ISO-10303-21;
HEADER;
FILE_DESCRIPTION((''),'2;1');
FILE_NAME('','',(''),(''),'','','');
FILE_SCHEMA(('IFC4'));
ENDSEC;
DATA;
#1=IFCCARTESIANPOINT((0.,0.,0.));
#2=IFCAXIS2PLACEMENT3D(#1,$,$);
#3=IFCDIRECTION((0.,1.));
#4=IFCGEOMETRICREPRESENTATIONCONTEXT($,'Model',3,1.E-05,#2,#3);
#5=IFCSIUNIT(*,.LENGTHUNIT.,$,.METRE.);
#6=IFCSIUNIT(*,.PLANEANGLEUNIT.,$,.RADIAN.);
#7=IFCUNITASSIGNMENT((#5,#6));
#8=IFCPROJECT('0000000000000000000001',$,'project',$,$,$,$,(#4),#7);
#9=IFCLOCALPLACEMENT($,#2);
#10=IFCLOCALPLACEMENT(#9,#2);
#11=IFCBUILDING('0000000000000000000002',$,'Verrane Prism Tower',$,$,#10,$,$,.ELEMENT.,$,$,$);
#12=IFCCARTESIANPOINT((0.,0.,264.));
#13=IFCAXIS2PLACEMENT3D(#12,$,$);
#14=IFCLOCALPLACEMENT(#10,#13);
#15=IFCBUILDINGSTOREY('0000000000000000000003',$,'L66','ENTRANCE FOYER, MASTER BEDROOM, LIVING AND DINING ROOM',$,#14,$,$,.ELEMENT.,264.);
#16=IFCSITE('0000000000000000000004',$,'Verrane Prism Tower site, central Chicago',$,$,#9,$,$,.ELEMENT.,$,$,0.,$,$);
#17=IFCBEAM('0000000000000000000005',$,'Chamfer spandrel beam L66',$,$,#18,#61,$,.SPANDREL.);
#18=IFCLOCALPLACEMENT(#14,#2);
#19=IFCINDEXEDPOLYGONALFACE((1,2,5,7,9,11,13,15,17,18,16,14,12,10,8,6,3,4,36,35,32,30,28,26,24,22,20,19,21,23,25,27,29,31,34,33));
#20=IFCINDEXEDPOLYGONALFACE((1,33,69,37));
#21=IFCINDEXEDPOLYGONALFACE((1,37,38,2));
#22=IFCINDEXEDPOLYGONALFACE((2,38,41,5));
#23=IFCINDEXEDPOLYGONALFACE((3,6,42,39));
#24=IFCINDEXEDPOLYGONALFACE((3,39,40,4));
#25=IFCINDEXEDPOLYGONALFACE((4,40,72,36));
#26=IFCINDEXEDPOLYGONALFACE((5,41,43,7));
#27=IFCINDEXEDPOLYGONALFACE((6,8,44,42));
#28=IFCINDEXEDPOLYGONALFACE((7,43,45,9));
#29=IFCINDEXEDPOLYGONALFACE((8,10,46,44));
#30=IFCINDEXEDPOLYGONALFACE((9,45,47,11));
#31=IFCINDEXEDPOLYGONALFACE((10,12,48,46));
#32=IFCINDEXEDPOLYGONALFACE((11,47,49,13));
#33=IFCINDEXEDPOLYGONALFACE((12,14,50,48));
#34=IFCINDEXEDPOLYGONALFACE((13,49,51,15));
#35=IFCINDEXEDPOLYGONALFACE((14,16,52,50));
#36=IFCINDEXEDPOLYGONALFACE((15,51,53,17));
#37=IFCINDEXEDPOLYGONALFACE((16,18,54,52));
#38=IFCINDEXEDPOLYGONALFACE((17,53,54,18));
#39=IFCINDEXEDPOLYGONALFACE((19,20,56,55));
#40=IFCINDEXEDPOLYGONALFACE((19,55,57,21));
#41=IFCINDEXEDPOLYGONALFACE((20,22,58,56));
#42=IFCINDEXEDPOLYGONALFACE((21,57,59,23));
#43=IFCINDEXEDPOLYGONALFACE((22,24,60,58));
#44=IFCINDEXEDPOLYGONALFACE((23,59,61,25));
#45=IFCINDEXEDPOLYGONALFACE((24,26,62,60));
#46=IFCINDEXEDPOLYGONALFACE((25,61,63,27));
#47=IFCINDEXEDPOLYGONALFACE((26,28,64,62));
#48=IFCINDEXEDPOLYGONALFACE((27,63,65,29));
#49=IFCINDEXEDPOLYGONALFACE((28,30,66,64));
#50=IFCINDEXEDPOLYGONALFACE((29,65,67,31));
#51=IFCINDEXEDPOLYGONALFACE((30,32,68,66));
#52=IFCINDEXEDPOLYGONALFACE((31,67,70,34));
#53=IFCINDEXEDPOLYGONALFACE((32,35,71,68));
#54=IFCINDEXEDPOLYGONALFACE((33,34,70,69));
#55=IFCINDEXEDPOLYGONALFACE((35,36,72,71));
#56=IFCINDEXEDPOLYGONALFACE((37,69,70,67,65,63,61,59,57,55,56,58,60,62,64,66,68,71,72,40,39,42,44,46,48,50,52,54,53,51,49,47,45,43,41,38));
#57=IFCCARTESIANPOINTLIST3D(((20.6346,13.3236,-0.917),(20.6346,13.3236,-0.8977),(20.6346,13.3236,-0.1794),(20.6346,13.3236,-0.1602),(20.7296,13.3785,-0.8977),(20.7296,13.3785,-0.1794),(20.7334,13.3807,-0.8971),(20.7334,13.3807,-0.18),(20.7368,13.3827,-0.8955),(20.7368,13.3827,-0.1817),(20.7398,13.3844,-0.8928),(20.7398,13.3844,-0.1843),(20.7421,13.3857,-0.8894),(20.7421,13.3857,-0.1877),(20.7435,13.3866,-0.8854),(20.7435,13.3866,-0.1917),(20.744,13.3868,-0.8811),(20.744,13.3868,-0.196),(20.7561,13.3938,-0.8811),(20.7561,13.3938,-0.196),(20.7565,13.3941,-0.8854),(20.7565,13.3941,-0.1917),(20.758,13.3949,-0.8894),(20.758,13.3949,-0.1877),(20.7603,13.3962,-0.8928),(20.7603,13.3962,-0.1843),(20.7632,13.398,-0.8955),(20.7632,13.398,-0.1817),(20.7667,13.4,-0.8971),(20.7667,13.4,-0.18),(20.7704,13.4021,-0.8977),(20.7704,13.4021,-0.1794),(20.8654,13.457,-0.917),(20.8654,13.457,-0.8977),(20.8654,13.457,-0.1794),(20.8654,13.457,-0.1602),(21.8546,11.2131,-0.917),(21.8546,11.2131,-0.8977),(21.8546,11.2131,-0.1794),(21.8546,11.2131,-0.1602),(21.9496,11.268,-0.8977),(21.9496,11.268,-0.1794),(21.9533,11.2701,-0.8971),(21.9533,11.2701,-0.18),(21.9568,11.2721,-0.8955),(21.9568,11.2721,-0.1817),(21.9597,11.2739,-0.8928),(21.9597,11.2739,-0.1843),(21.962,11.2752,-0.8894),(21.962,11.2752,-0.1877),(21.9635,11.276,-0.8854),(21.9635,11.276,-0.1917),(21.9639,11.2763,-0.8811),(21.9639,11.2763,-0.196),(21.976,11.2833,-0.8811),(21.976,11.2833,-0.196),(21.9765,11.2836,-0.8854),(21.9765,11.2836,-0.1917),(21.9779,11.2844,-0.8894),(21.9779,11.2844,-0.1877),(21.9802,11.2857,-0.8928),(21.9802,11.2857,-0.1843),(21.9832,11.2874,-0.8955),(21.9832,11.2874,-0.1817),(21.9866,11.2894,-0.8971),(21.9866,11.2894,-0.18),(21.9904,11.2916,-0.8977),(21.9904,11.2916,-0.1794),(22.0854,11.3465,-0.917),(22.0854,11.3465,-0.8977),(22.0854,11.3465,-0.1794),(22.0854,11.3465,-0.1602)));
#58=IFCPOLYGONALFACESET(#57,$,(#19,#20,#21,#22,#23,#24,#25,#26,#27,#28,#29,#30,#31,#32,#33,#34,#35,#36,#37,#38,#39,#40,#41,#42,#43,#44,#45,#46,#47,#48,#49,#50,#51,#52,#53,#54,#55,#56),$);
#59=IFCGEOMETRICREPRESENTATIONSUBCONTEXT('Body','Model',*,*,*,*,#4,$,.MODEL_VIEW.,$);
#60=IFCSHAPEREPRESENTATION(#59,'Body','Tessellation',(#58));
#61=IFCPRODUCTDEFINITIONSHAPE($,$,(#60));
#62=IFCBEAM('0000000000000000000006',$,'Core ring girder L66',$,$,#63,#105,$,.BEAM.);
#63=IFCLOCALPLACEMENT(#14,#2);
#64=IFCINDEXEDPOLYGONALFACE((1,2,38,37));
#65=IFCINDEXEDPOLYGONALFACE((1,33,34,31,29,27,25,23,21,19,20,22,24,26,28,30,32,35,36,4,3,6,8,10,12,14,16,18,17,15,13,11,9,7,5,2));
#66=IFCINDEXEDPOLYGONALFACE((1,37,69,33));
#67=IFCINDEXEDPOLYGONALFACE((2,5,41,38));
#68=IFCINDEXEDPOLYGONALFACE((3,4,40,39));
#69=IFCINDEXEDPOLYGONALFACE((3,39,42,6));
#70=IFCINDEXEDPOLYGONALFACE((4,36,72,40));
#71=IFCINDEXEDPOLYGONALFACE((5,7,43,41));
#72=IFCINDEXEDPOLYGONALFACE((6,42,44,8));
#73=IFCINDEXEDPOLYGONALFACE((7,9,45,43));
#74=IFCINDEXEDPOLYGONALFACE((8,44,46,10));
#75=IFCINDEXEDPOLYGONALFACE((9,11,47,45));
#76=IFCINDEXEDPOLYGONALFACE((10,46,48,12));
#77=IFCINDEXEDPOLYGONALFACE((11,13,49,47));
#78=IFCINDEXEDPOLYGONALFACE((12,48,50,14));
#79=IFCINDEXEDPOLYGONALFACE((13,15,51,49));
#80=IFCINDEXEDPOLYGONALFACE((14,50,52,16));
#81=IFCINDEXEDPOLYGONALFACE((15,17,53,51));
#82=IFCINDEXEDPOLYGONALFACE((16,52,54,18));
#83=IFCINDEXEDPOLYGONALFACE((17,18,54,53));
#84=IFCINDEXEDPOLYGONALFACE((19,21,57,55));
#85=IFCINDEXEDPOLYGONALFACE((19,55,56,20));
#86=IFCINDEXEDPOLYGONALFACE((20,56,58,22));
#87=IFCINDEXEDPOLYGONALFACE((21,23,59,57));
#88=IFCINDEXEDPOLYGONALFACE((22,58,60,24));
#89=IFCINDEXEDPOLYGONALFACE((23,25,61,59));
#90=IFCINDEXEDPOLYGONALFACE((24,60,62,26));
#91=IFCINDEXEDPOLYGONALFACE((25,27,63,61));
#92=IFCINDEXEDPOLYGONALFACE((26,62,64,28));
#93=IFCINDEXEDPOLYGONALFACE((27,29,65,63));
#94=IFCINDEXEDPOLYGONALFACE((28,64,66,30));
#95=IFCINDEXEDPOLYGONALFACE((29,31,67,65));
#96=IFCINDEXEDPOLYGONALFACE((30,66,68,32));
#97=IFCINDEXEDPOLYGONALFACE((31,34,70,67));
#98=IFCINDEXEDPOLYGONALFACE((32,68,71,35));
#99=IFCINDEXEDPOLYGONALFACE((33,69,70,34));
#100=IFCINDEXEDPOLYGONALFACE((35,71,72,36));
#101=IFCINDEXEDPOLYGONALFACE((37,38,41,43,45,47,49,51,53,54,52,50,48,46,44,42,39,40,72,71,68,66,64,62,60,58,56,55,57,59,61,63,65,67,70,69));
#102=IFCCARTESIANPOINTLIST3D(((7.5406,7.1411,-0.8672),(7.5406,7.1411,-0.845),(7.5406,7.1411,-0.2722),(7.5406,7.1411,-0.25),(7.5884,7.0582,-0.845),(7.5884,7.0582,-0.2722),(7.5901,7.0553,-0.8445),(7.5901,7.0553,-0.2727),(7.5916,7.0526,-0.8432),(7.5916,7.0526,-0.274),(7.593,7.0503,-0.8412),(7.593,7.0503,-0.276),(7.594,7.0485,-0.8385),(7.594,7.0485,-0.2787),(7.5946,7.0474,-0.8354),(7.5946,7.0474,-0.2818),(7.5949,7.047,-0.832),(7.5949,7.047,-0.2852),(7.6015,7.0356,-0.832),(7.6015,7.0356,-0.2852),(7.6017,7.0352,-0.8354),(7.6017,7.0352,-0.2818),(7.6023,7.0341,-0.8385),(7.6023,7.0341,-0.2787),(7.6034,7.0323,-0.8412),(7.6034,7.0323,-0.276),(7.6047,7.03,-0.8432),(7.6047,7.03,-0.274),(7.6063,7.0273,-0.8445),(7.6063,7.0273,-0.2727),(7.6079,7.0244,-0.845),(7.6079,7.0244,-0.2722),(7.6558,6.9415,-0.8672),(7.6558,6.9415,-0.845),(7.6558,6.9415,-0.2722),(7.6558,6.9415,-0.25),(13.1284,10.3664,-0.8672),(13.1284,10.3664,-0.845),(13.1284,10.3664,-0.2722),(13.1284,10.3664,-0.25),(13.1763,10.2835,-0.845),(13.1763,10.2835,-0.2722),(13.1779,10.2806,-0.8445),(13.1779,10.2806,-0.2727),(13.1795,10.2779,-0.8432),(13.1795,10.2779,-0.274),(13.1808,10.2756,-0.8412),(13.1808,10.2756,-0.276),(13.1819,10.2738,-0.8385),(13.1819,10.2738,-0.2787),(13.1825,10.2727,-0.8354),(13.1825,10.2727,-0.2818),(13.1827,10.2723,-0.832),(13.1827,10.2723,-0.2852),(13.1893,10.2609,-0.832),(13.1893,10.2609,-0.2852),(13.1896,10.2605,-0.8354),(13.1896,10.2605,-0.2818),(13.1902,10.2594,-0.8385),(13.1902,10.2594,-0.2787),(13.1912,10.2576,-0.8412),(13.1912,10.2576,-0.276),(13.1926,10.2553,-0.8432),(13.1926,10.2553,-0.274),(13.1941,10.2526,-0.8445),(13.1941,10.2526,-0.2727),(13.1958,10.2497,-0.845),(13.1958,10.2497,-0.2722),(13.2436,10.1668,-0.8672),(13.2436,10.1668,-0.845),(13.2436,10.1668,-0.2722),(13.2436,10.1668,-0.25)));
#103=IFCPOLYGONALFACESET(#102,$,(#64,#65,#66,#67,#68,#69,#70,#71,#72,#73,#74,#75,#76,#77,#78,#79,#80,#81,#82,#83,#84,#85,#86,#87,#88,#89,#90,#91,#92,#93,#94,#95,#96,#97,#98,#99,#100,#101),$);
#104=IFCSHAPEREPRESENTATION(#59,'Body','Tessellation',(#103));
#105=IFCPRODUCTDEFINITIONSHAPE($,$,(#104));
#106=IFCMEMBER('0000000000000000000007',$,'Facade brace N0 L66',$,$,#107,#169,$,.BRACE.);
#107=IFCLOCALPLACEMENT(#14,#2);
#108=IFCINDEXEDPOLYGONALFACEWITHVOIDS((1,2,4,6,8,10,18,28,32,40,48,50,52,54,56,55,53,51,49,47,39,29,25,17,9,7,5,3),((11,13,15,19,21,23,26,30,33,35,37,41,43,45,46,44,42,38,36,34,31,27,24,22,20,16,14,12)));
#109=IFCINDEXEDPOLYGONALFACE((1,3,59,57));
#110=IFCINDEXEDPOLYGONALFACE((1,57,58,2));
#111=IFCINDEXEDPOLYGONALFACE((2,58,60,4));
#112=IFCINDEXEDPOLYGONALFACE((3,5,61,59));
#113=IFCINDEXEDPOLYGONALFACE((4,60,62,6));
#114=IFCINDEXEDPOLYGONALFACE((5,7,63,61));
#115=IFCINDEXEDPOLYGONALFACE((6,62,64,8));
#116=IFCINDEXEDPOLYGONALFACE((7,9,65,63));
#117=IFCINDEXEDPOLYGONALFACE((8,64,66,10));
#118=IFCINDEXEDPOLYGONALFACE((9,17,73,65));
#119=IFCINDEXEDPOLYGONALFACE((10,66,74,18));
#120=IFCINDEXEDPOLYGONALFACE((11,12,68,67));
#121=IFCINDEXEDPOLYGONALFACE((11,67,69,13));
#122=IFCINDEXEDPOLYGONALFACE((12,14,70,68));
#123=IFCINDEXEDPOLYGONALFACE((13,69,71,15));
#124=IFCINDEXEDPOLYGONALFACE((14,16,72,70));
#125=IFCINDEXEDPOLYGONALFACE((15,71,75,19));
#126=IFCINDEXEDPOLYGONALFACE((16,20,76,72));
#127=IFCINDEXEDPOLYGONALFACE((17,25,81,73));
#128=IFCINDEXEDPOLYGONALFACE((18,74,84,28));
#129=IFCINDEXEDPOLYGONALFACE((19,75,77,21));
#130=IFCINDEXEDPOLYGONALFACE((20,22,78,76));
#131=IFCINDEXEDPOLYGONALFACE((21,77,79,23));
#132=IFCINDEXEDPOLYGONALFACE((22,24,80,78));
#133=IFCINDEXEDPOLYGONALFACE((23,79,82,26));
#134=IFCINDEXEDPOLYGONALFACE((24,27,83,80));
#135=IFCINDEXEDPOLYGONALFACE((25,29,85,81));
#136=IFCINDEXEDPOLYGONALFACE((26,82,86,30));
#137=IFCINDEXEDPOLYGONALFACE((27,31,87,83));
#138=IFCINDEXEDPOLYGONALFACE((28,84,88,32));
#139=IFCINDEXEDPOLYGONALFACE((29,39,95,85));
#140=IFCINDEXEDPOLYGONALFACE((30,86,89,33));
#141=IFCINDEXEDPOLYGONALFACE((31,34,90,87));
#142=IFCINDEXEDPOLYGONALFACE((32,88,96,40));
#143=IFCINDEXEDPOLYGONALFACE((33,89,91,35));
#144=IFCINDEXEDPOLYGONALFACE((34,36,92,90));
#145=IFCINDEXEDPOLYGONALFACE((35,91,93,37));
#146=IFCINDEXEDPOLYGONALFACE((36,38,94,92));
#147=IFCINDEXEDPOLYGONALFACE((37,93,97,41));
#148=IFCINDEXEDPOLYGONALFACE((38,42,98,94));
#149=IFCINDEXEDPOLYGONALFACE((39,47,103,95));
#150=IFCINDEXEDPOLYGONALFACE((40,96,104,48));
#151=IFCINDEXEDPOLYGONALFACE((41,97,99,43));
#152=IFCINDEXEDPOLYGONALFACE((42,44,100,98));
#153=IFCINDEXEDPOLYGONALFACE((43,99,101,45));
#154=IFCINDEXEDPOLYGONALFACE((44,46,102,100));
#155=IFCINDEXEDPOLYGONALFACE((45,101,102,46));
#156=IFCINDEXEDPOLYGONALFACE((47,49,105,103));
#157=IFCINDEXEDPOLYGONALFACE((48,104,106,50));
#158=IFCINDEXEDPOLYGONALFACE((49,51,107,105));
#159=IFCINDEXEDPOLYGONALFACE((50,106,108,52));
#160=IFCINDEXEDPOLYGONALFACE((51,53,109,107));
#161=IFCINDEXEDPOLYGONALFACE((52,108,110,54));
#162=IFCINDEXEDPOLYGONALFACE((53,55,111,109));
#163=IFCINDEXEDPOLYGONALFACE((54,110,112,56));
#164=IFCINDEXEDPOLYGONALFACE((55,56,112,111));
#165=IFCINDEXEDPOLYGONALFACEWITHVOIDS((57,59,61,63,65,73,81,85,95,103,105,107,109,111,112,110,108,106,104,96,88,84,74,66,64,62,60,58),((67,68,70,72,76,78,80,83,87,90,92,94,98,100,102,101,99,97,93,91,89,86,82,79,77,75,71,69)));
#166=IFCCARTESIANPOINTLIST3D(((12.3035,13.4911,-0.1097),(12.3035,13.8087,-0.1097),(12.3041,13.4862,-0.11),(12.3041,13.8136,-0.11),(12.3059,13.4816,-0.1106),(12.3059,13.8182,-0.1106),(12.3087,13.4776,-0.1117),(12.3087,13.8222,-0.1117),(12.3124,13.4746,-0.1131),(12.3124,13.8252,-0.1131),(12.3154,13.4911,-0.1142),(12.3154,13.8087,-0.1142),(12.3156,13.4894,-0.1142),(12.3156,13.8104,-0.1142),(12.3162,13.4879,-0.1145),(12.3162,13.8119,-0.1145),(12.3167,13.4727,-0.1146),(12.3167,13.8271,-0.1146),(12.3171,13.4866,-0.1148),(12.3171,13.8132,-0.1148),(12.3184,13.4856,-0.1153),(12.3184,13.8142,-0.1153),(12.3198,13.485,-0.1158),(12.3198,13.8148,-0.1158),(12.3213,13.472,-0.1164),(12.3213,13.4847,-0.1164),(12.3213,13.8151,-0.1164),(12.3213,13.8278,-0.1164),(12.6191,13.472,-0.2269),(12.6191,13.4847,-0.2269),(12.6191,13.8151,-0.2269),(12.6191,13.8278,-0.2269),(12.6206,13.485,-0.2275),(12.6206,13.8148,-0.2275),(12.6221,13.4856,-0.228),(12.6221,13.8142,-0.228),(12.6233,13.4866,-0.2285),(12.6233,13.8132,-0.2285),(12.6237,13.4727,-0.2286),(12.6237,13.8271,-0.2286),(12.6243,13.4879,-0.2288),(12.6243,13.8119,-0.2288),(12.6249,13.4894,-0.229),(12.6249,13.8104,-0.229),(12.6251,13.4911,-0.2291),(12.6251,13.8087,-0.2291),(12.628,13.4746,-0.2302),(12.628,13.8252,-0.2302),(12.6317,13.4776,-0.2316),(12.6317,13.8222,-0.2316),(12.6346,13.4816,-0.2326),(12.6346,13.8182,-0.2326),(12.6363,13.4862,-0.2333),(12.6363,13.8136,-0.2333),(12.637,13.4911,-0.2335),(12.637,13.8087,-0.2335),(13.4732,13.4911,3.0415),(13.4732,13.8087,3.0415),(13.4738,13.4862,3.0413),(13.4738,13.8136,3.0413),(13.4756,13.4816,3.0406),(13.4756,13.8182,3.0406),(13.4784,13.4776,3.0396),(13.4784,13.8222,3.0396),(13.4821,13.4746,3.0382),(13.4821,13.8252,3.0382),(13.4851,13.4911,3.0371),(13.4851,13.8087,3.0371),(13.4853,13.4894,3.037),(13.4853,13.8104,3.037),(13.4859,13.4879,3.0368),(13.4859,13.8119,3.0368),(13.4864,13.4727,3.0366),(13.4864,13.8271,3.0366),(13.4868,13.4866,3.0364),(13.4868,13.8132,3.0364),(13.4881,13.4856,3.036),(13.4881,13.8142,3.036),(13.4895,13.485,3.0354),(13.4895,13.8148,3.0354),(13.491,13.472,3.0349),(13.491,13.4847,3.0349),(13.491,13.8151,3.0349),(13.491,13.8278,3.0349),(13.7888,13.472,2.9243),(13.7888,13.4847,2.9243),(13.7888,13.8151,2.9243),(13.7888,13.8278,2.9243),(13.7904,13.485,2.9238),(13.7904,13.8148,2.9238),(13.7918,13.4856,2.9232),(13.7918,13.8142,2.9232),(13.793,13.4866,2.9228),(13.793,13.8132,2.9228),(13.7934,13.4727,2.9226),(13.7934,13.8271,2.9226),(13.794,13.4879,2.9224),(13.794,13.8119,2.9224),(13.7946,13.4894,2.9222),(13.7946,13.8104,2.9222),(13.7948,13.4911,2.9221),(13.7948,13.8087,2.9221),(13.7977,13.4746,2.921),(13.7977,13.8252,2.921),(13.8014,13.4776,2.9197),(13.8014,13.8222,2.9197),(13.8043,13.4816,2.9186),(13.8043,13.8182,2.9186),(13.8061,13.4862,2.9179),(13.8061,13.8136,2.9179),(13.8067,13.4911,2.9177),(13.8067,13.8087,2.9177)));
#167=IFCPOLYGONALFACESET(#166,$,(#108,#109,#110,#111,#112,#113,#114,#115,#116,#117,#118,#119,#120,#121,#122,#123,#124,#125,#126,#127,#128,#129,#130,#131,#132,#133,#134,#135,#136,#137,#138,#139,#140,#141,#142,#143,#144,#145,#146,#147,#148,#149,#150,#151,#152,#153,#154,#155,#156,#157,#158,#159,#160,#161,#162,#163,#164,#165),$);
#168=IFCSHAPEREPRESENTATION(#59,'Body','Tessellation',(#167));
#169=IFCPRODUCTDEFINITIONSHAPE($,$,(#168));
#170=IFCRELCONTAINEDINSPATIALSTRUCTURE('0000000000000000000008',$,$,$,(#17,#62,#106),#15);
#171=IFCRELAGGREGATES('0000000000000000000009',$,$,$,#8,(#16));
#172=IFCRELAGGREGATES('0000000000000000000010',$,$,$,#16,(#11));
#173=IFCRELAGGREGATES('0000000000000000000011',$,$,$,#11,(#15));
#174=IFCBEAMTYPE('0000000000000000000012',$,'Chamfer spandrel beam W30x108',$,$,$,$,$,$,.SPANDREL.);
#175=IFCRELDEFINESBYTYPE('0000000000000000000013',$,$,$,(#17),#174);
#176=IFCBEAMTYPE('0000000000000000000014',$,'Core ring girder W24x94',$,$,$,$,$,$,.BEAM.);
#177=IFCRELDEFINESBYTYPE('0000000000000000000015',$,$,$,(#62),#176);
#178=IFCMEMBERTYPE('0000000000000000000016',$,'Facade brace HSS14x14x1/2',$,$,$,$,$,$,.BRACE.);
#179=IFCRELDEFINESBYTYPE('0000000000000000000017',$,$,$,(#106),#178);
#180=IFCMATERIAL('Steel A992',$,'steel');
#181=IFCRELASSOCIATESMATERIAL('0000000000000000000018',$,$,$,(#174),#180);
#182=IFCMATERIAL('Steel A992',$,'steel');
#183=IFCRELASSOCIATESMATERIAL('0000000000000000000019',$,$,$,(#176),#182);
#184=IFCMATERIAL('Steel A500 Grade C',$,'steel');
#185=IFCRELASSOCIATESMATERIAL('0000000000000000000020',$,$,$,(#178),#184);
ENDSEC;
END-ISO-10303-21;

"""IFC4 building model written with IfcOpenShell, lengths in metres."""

from ifc_helpers import new_model, si_unit, direction, frame, origin, origin_2d, place, context, subcontext, project, spatial, hollow_rectangle, i_section, extrude, material, material_profile, profile_set, type_object, element, save


model = new_model("IFC4")

# Units and contexts
model_context = context("Model", 3, precision=1e-05, world=origin(), true_north=direction((0.0, 1.0)))
body_context = subcontext(model_context, "Body", "Model", "MODEL_VIEW")
ifc_project = project(units=[si_unit("LENGTHUNIT", "METRE"), si_unit("PLANEANGLEUNIT", "RADIAN")], contexts=[model_context])

# Site, building, storey
site_placement = place(None, origin())
site = spatial("IfcSite", under=ifc_project, at=site_placement, Name="Verrane Prism Tower site, central Chicago", CompositionType="ELEMENT", RefElevation=0.0)
building_placement = place(site_placement, origin())
building = spatial("IfcBuilding", under=site, at=building_placement, Name="Verrane Prism Tower", CompositionType="ELEMENT")
storey_placement = place(building_placement, frame((0.0, 0.0, 264.0)))
storey = spatial("IfcBuildingStorey", under=building, at=storey_placement, Name="L66", Description="ENTRANCE FOYER, MASTER BEDROOM, LIVING AND DINING ROOM", CompositionType="ELEMENT", Elevation=264.0)

# Beams
ifc_material_1 = material(Name="Steel A992", Category="steel")
ifc_material_profile_1 = material_profile(ifc_material_1, i_section(OverallWidth=0.2666, OverallDepth=0.7568, WebThickness=0.0139, FlangeThickness=0.0193, FilletRadius=0.0166, at=origin_2d()), Name="W30x108")
ifc_profile_set_1 = profile_set([ifc_material_profile_1], Name="Steel A992")
beam_type_1 = type_object("IfcBeamType", Name="Chamfer spandrel beam W30x108", PredefinedType="SPANDREL", material=ifc_profile_set_1)
beam_1_placement = place(storey_placement, frame((21.97, 11.2798, -0.5386), z_axis=(-0.500436, 0.865773, 0.0), x_axis=(-0.865773, -0.500436, 0.0)))
element("IfcBeam", 1, at=beam_1_placement, inside=storey, type_object=beam_type_1, Name="Chamfer spandrel beam L66", PredefinedType="SPANDREL", context=body_context, shape_type="SweptSolid", body=[
    extrude(i_section(OverallWidth=0.2666, OverallDepth=0.7568, WebThickness=0.0139, FlangeThickness=0.0193, FilletRadius=0.0166, at=origin_2d()), origin(), (0.0, 0.0, 1.0), 2.4377),
])
ifc_material_2 = material(Name="Steel A992", Category="steel")
ifc_material_profile_2 = material_profile(ifc_material_2, i_section(OverallWidth=0.2305, OverallDepth=0.6172, WebThickness=0.0132, FlangeThickness=0.0222, FilletRadius=0.0129, at=origin_2d()), Name="W24x94")
ifc_profile_set_2 = profile_set([ifc_material_profile_2], Name="Steel A992")
beam_type_2 = type_object("IfcBeamType", Name="Core ring girder W24x94", PredefinedType="BEAM", material=ifc_profile_set_2)
beam_2_placement = place(storey_placement, frame((13.186, 10.2666, -0.5586), z_axis=(-0.866081, -0.499904, 0.0), x_axis=(0.499904, -0.866081, 0.0)))
element("IfcBeam", 2, at=beam_2_placement, inside=storey, type_object=beam_type_2, Name="Core ring girder L66", PredefinedType="BEAM", context=body_context, shape_type="SweptSolid", body=[
    extrude(i_section(OverallWidth=0.2305, OverallDepth=0.6172, WebThickness=0.0132, FlangeThickness=0.0222, FilletRadius=0.0129, at=origin_2d()), origin(), (0.0, 0.0, 1.0), 6.4519),
])

# Member
ifc_material_3 = material(Name="Steel A500 Grade C", Category="steel")
ifc_material_profile_3 = material_profile(ifc_material_3, hollow_rectangle(XDim=0.3557, YDim=0.3557, WallThickness=0.0127, InnerFilletRadius=0.0063, OuterFilletRadius=0.019, at=origin_2d()), Name="HSS14x14x1/2")
ifc_profile_set_3 = profile_set([ifc_material_profile_3], Name="Steel A500 Grade C")
member_type_1 = type_object("IfcMemberType", Name="Facade brace HSS14x14x1/2", PredefinedType="BRACE", material=ifc_profile_set_3)
for number, where, z_axis, x_axis, name in (
    (3, (12.4702, 13.6499, -0.1716), (0.347993, 0.0, 0.937497), (0.0, 1.0, 0.0), "Facade brace N0 L66"),
):
    element("IfcMember", number, at=place(storey_placement, frame(where, z_axis=z_axis, x_axis=x_axis)), inside=storey, type_object=member_type_1, Name=name, PredefinedType="BRACE", context=body_context, shape_type="SweptSolid", body=[
        extrude(hollow_rectangle(XDim=0.3557, YDim=0.3557, WallThickness=0.0127, InnerFilletRadius=0.0063, OuterFilletRadius=0.019, at=origin_2d()), origin(), (0.0, 0.0, 1.0), 3.3613),
    ])

save(model, "model.ifc")
